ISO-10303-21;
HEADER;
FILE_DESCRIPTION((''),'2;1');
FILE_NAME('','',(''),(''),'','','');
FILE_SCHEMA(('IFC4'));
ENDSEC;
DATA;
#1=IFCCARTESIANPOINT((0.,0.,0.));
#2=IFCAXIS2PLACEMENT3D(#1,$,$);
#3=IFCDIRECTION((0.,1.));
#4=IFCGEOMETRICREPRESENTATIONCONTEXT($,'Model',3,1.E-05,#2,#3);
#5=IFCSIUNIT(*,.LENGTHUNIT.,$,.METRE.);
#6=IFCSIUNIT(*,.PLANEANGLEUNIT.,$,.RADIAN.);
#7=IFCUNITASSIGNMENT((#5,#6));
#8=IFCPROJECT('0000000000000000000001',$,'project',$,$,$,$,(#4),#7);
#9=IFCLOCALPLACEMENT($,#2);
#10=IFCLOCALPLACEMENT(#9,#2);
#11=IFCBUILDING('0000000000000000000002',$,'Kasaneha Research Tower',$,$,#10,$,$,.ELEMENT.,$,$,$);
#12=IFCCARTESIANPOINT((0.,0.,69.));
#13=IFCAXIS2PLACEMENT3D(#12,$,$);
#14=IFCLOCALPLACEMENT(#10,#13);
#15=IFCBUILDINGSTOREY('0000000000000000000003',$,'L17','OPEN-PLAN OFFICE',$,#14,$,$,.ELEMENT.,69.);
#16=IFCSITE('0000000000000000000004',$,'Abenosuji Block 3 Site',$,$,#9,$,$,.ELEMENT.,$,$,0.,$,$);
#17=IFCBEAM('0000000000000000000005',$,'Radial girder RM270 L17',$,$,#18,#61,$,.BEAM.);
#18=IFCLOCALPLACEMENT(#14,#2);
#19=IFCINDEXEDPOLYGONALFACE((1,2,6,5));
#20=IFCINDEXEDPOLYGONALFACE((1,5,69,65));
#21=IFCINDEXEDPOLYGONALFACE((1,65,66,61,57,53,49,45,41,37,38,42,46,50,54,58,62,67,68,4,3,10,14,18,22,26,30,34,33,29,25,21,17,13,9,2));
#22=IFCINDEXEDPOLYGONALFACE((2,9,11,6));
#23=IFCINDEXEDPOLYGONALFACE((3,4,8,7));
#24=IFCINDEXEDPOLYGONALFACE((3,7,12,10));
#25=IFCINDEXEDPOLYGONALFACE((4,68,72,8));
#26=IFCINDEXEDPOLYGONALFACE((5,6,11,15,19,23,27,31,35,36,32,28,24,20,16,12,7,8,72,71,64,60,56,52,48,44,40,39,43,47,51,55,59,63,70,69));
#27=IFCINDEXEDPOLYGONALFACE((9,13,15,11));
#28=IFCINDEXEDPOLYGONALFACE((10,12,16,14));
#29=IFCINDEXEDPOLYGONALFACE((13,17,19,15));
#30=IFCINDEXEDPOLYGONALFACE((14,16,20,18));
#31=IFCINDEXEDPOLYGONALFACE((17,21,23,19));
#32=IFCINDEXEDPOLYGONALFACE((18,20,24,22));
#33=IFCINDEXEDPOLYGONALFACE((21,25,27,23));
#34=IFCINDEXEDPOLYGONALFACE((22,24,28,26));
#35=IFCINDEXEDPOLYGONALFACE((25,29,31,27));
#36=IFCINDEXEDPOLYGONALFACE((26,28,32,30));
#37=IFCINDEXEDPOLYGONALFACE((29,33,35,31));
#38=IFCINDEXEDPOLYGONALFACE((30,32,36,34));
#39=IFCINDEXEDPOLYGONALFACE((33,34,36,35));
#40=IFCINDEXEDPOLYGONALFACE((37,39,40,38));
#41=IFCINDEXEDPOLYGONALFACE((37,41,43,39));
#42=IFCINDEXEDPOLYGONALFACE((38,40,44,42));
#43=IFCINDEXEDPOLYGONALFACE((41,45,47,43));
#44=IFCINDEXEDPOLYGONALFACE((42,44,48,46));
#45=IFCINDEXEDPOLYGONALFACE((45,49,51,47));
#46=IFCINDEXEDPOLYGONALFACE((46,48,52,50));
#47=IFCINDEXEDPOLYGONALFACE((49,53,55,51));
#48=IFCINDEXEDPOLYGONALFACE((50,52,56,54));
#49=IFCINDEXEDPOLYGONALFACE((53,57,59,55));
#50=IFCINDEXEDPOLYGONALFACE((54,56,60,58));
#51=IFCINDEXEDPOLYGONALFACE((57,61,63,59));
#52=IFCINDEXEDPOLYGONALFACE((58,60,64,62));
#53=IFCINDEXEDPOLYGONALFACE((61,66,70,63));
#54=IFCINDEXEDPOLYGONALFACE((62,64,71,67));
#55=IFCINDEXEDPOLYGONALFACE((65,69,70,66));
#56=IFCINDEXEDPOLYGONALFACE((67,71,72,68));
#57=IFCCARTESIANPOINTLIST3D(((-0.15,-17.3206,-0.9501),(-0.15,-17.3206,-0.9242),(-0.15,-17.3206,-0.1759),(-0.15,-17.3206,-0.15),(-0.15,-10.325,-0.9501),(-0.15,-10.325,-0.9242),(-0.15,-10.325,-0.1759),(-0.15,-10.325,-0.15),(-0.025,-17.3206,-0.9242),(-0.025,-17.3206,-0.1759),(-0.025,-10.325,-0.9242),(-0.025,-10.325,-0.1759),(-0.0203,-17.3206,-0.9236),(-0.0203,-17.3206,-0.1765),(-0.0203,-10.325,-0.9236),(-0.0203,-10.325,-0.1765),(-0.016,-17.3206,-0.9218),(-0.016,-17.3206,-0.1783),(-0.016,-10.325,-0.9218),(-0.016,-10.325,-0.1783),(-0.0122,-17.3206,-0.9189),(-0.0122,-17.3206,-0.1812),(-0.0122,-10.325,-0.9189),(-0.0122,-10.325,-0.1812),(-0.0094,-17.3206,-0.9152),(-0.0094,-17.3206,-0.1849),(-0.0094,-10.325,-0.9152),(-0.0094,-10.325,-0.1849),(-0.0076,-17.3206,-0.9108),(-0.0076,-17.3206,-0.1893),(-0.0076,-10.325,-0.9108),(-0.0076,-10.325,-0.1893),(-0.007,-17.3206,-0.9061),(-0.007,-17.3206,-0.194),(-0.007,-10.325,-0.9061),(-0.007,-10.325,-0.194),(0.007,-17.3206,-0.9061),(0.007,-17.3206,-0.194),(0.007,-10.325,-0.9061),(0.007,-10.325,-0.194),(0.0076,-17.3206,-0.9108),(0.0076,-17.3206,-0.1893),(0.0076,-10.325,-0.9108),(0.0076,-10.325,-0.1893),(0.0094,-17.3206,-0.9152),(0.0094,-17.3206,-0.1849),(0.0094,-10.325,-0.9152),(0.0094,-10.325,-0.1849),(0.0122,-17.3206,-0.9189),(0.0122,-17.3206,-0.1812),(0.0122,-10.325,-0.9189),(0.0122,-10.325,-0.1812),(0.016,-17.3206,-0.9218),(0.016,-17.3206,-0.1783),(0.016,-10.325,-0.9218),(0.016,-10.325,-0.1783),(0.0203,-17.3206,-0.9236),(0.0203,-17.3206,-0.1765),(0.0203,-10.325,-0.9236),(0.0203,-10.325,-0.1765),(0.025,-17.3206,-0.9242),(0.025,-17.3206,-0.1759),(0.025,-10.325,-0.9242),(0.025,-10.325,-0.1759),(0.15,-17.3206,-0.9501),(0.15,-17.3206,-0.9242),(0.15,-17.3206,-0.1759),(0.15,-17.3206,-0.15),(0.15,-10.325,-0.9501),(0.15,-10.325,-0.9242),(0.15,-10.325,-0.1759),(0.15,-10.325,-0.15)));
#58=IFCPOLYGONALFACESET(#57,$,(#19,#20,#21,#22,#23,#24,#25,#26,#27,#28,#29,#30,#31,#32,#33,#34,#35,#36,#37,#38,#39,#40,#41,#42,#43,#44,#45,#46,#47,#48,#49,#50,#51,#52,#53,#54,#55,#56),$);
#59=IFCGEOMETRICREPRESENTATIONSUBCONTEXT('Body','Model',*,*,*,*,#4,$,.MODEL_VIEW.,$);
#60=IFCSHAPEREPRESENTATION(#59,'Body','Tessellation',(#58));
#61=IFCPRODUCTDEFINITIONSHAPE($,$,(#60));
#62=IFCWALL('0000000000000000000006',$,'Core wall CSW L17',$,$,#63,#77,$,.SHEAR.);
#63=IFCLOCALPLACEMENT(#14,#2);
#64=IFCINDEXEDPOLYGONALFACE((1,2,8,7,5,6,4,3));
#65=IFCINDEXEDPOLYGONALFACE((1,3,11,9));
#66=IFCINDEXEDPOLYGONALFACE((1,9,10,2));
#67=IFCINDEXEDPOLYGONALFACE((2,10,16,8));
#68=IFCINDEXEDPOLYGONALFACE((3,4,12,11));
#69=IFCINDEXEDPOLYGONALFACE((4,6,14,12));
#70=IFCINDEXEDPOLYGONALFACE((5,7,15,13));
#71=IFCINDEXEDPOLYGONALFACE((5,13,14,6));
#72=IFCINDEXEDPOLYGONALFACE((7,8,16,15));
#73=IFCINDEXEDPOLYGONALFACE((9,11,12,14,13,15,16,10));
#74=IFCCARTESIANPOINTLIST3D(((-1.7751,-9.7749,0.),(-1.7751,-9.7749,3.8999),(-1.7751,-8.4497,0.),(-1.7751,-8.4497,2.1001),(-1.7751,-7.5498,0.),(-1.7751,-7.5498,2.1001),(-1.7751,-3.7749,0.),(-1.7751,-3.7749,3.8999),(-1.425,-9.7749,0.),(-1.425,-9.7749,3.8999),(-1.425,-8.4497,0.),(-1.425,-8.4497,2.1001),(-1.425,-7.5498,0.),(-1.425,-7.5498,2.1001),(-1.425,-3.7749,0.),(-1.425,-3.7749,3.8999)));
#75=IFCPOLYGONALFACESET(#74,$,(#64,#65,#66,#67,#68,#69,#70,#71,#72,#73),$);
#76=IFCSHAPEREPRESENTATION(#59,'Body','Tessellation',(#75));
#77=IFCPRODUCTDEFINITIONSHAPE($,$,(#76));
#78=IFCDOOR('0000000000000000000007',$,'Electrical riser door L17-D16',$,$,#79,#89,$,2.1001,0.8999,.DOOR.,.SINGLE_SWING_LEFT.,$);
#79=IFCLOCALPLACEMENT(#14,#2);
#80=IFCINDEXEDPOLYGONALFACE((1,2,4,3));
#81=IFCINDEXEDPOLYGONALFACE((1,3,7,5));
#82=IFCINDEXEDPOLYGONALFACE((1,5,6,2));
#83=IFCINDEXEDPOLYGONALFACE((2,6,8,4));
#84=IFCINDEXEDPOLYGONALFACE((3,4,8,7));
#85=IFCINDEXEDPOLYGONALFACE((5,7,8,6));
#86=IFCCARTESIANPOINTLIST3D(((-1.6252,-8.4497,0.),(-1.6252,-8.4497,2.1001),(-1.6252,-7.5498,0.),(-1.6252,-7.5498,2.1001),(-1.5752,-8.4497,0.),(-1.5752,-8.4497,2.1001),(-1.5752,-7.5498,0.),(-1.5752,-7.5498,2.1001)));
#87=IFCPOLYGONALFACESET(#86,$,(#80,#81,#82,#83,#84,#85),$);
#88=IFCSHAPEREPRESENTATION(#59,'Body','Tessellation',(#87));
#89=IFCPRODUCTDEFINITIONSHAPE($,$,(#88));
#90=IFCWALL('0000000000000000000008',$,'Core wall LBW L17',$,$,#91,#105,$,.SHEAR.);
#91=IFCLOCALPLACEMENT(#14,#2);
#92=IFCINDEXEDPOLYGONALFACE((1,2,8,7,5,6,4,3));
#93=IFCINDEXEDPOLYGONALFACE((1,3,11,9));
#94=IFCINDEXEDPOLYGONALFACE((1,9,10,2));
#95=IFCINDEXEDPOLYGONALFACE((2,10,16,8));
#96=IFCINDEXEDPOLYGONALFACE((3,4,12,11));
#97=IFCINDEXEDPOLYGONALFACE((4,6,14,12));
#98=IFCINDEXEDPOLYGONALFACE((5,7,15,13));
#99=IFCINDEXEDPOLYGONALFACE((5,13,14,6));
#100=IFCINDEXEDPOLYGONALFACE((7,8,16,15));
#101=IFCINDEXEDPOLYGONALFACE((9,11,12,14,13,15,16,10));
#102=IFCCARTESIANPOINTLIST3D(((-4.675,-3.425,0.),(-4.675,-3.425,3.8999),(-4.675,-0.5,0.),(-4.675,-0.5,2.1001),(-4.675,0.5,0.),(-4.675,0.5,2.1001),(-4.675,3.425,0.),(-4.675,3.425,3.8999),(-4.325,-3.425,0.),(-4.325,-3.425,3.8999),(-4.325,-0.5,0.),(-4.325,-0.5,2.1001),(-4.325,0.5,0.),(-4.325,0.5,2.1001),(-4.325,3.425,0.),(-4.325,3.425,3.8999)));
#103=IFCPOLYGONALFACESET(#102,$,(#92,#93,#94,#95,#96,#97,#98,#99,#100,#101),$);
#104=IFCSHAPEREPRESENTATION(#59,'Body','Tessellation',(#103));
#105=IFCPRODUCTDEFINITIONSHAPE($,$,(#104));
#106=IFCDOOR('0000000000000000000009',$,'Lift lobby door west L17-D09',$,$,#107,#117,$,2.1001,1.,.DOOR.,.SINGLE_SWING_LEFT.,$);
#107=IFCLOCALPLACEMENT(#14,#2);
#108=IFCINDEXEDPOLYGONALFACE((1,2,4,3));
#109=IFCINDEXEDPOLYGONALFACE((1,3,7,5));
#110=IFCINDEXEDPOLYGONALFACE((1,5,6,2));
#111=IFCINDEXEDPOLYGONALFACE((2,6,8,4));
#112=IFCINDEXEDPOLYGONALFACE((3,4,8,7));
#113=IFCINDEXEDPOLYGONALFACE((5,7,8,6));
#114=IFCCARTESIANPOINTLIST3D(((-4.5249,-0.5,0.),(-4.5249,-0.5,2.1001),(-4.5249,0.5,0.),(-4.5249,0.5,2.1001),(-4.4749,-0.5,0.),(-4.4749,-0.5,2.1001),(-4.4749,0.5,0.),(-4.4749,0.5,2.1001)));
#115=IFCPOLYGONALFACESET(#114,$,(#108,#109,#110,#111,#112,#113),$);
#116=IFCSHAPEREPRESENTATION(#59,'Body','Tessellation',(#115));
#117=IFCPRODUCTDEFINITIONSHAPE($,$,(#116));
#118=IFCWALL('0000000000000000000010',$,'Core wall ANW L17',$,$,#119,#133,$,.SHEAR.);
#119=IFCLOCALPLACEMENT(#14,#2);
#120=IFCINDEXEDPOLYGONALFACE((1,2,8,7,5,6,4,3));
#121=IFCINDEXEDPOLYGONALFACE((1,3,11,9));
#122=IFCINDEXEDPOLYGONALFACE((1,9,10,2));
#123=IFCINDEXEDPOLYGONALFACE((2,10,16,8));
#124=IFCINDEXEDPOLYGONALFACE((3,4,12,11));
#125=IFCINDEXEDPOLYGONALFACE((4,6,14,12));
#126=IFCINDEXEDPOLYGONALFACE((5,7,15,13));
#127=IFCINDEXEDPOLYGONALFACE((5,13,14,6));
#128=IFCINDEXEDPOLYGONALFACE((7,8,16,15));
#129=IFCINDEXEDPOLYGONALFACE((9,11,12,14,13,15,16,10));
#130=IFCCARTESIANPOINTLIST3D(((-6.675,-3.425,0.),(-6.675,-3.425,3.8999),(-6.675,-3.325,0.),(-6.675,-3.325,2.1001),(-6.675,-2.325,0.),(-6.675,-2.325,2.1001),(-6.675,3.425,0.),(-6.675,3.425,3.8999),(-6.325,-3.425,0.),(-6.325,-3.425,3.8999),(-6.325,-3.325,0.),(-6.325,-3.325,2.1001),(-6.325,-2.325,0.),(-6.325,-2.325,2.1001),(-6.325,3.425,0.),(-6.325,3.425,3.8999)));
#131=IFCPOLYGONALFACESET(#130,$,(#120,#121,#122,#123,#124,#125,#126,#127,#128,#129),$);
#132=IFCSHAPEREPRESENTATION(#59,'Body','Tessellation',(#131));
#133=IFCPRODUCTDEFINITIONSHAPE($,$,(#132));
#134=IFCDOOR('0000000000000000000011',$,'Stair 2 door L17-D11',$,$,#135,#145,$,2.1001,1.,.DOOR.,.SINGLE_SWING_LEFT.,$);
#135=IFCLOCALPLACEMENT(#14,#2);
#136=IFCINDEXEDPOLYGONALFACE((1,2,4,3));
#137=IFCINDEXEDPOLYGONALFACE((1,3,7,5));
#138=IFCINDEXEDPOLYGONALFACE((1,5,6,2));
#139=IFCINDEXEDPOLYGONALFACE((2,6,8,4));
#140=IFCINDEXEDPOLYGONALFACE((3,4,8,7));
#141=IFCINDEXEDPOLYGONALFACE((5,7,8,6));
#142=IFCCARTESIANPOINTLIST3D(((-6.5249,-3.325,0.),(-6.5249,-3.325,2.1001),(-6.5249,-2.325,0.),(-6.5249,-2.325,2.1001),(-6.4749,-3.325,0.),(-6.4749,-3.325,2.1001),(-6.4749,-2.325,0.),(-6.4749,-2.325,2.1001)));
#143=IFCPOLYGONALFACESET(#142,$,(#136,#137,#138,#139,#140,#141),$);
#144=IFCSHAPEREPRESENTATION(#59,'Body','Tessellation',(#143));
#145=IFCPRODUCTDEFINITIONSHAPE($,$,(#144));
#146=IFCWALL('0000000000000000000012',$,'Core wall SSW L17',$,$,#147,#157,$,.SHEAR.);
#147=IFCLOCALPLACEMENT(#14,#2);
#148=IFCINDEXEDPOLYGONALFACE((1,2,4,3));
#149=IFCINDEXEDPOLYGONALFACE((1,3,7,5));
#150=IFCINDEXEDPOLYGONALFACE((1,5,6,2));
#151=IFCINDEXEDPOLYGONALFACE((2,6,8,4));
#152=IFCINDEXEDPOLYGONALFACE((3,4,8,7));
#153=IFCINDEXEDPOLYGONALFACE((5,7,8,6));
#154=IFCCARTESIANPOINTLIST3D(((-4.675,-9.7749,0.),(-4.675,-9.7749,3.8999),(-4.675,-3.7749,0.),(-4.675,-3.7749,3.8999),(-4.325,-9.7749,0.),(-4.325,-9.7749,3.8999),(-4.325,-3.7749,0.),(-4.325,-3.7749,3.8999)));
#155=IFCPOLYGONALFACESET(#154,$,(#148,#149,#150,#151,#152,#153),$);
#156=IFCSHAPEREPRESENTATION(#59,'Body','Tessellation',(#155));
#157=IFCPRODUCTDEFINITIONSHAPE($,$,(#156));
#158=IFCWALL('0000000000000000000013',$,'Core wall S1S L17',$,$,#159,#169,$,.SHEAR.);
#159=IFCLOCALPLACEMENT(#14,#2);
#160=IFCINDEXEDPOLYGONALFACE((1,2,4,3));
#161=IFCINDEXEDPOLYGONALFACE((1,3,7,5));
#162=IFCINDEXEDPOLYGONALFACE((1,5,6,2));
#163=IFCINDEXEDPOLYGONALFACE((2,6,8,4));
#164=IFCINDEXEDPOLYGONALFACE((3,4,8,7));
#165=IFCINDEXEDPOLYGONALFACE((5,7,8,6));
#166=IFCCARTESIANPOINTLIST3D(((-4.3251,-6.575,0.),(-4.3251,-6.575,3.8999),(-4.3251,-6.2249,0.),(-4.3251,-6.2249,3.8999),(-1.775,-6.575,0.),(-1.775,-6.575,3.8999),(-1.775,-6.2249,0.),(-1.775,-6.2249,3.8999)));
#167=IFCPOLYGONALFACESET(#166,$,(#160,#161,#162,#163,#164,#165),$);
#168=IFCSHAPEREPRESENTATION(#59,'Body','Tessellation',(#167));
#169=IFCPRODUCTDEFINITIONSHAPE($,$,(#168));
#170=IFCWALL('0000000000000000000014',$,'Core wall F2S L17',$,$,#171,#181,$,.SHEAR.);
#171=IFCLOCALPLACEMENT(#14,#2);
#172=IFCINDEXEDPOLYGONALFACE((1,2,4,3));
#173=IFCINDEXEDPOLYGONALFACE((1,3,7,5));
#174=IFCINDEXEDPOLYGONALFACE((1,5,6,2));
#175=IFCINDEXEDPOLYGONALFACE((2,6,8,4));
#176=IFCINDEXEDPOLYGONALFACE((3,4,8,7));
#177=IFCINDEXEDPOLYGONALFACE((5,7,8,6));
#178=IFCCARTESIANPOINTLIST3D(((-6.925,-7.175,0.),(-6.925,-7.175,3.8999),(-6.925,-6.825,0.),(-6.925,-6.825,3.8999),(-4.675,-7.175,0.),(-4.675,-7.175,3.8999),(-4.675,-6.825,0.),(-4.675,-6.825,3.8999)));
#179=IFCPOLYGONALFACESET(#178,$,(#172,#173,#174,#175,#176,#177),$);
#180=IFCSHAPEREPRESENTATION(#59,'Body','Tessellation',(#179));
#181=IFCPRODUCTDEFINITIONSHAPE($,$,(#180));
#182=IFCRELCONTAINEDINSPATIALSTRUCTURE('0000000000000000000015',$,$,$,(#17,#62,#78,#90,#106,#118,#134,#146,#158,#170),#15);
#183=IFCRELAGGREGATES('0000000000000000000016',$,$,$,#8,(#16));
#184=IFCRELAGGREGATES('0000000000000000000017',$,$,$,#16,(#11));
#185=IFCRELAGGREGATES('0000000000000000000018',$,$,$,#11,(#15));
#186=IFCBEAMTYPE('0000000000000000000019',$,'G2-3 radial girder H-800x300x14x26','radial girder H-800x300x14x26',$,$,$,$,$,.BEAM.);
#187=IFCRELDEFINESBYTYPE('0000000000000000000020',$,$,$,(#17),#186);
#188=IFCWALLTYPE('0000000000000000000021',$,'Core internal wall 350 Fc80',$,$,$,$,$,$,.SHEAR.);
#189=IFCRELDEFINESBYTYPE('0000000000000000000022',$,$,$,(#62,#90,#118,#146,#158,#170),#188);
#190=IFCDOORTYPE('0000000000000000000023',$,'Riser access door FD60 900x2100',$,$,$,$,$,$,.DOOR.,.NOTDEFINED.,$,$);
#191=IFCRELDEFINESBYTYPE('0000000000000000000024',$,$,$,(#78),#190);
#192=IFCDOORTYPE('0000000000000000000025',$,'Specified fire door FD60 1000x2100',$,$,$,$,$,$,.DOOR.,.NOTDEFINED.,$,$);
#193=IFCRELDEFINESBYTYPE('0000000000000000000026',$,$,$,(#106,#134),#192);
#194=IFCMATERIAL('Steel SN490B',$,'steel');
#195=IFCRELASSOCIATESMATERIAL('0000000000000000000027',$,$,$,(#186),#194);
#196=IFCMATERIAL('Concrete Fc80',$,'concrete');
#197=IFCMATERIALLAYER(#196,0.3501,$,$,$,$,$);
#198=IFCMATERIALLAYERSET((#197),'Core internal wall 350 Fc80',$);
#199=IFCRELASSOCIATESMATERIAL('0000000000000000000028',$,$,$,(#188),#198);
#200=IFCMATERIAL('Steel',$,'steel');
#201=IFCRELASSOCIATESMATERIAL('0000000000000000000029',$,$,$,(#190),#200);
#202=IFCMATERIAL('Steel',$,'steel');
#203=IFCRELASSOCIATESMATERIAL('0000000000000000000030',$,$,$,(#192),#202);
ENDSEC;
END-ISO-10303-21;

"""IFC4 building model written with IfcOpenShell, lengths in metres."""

from ifc_helpers import new_model, si_unit, direction, frame, frame_2d, origin, origin_2d, place, context, subcontext, project, spatial, rectangle, i_section, extrude, material, layer, layer_set, material_profile, profile_set, type_object, element, fill, save


model = new_model("IFC4")

# Units and contexts
model_context = context("Model", 3, precision=1e-05, world=origin(), true_north=direction((0.0, 1.0)))
body_context = subcontext(model_context, "Body", "Model", "MODEL_VIEW")
ifc_project = project(units=[si_unit("LENGTHUNIT", "METRE"), si_unit("PLANEANGLEUNIT", "RADIAN")], contexts=[model_context])

# Site, building, storey
site_placement = place(None, origin())
site = spatial("IfcSite", under=ifc_project, at=site_placement, Name="Abenosuji Block 3 Site", CompositionType="ELEMENT", RefElevation=0.0)
building_placement = place(site_placement, origin())
building = spatial("IfcBuilding", under=site, at=building_placement, Name="Kasaneha Research Tower", CompositionType="ELEMENT")
storey_placement = place(building_placement, frame((0.0, 0.0, 69.0)))
storey = spatial("IfcBuildingStorey", under=building, at=storey_placement, Name="L17", Description="OPEN-PLAN OFFICE", CompositionType="ELEMENT", Elevation=69.0)

# Beam
ifc_material_1 = material(Name="Steel SN490B", Category="steel")
ifc_material_profile_1 = material_profile(ifc_material_1, i_section(OverallWidth=0.3, OverallDepth=0.8, WebThickness=0.0139, FlangeThickness=0.0259, FilletRadius=0.0181, at=origin_2d()), Name="H-800x300x14x26")
ifc_profile_set_1 = profile_set([ifc_material_profile_1], Name="Steel SN490B")
beam_type_1 = type_object("IfcBeamType", Name="G2-3 radial girder H-800x300x14x26", Description="radial girder H-800x300x14x26", PredefinedType="BEAM", material=ifc_profile_set_1)
beam_1_placement = place(storey_placement, frame((0.0, -10.325, -0.55), z_axis=(0.0, -1.0, 0.0), x_axis=(1.0, 0.0, 0.0)))
element("IfcBeam", 1, at=beam_1_placement, inside=storey, type_object=beam_type_1, Name="Radial girder RM270 L17", PredefinedType="BEAM", context=body_context, shape_type="SweptSolid", body=[
    extrude(i_section(OverallWidth=0.3, OverallDepth=0.8, WebThickness=0.0139, FlangeThickness=0.0259, FilletRadius=0.0181, at=origin_2d()), origin(), (0.0, 0.0, 1.0), 6.9956),
])

# Walls, openings, doors
ifc_material_2 = material(Name="Concrete Fc80", Category="concrete")
ifc_layer_1 = layer(ifc_material_2, 0.3501)
ifc_layer_set_1 = layer_set([ifc_layer_1], Name="Core internal wall 350 Fc80")
wall_type_1 = type_object("IfcWallType", Name="Core internal wall 350 Fc80", PredefinedType="SHEAR", material=ifc_layer_set_1)
wall_1_placement = place(storey_placement, frame((-1.6001, -3.7749, 0.0), z_axis=(0.0, 0.0, 1.0), x_axis=(0.0, -1.0, 0.0)))
wall_1 = element("IfcWall", 2, at=wall_1_placement, inside=storey, type_object=wall_type_1, Name="Core wall CSW L17", PredefinedType="SHEAR", context=body_context, shape_type="SweptSolid", body=[
    extrude(rectangle(XDim=6.0, YDim=0.3501, at=frame_2d((3.0, 0.0))), origin(), (0.0, 0.0, 1.0), 3.8999),
])
opening_1_placement = place(wall_1_placement, frame((3.7749, 0.0, 0.0)))
opening_1 = element("IfcOpeningElement", 3, at=opening_1_placement, cuts=wall_1, PredefinedType="OPENING", context=body_context, shape_type="SweptSolid", body=[
    extrude(rectangle(XDim=0.8999, YDim=2.1001, at=frame_2d((0.45, 1.05))), frame((0.0, 0.1851, 0.0), z_axis=(0.0, -1.0, 0.0), x_axis=(1.0, 0.0, 0.0)), (0.0, 0.0, 1.0), 0.3701),
])
ifc_material_3 = material(Name="Steel", Category="steel")
door_type_1 = type_object("IfcDoorType", Name="Riser access door FD60 900x2100", OperationType="NOTDEFINED", PredefinedType="DOOR", material=ifc_material_3)
door_1_placement = place(opening_1_placement, origin())
door_1 = element("IfcDoor", 4, at=door_1_placement, inside=storey, type_object=door_type_1, Name="Electrical riser door L17-D16", OperationType="SINGLE_SWING_LEFT", OverallHeight=2.1001, OverallWidth=0.8999, PredefinedType="DOOR", context=body_context, shape_type="SweptSolid", body=[
    extrude(rectangle(XDim=0.8999, YDim=2.1001, at=frame_2d((0.45, 1.05))), frame((0.0, 0.0249, 0.0), z_axis=(0.0, -1.0, 0.0), x_axis=(1.0, 0.0, 0.0)), (0.0, 0.0, 1.0), 0.05),
])
fill(opening_1, door_1)
wall_2_placement = place(storey_placement, frame((-4.5, -3.425, 0.0), z_axis=(0.0, 0.0, 1.0), x_axis=(0.0, 1.0, 0.0)))
wall_2 = element("IfcWall", 5, at=wall_2_placement, inside=storey, type_object=wall_type_1, Name="Core wall LBW L17", PredefinedType="SHEAR", context=body_context, shape_type="SweptSolid", body=[
    extrude(rectangle(XDim=6.8501, YDim=0.3501, at=frame_2d((3.425, 0.0))), origin(), (0.0, 0.0, 1.0), 3.8999),
])
opening_2_placement = place(wall_2_placement, frame((2.925, 0.0, 0.0)))
opening_2 = element("IfcOpeningElement", 6, at=opening_2_placement, cuts=wall_2, PredefinedType="OPENING", context=body_context, shape_type="SweptSolid", body=[
    extrude(rectangle(XDim=1.0, YDim=2.1001, at=frame_2d((0.5, 1.05))), frame((0.0, 0.1851, 0.0), z_axis=(0.0, -1.0, 0.0), x_axis=(1.0, 0.0, 0.0)), (0.0, 0.0, 1.0), 0.3701),
])
ifc_material_4 = material(Name="Steel", Category="steel")
door_type_2 = type_object("IfcDoorType", Name="Specified fire door FD60 1000x2100", OperationType="NOTDEFINED", PredefinedType="DOOR", material=ifc_material_4)
door_2_placement = place(opening_2_placement, origin())
door_2 = element("IfcDoor", 7, at=door_2_placement, inside=storey, type_object=door_type_2, Name="Lift lobby door west L17-D09", OperationType="SINGLE_SWING_LEFT", OverallHeight=2.1001, OverallWidth=1.0, PredefinedType="DOOR", context=body_context, shape_type="SweptSolid", body=[
    extrude(rectangle(XDim=1.0, YDim=2.1001, at=frame_2d((0.5, 1.05))), frame((0.0, 0.0249, 0.0), z_axis=(0.0, -1.0, 0.0), x_axis=(1.0, 0.0, 0.0)), (0.0, 0.0, 1.0), 0.05),
])
fill(opening_2, door_2)
wall_3_placement = place(storey_placement, frame((-6.5, -3.425, 0.0), z_axis=(0.0, 0.0, 1.0), x_axis=(0.0, 1.0, 0.0)))
wall_3 = element("IfcWall", 8, at=wall_3_placement, inside=storey, type_object=wall_type_1, Name="Core wall ANW L17", PredefinedType="SHEAR", context=body_context, shape_type="SweptSolid", body=[
    extrude(rectangle(XDim=6.8501, YDim=0.3501, at=frame_2d((3.425, 0.0))), origin(), (0.0, 0.0, 1.0), 3.8999),
])
opening_3_placement = place(wall_3_placement, frame((0.1001, 0.0, 0.0)))
opening_3 = element("IfcOpeningElement", 9, at=opening_3_placement, cuts=wall_3, PredefinedType="OPENING", context=body_context, shape_type="SweptSolid", body=[
    extrude(rectangle(XDim=1.0, YDim=2.1001, at=frame_2d((0.5, 1.05))), frame((0.0, 0.1851, 0.0), z_axis=(0.0, -1.0, 0.0), x_axis=(1.0, 0.0, 0.0)), (0.0, 0.0, 1.0), 0.3701),
])
door_3_placement = place(opening_3_placement, origin())
door_3 = element("IfcDoor", 10, at=door_3_placement, inside=storey, type_object=door_type_2, Name="Stair 2 door L17-D11", OperationType="SINGLE_SWING_LEFT", OverallHeight=2.1001, OverallWidth=1.0, PredefinedType="DOOR", context=body_context, shape_type="SweptSolid", body=[
    extrude(rectangle(XDim=1.0, YDim=2.1001, at=frame_2d((0.5, 1.05))), frame((0.0, 0.0249, 0.0), z_axis=(0.0, -1.0, 0.0), x_axis=(1.0, 0.0, 0.0)), (0.0, 0.0, 1.0), 0.05),
])
fill(opening_3, door_3)

# Walls
wall_4_placement = place(storey_placement, frame((-4.5, -3.7749, 0.0), z_axis=(0.0, 0.0, 1.0), x_axis=(0.0, -1.0, 0.0)))
element("IfcWall", 11, at=wall_4_placement, inside=storey, type_object=wall_type_1, Name="Core wall SSW L17", PredefinedType="SHEAR", context=body_context, shape_type="SweptSolid", body=[
    extrude(rectangle(XDim=6.0, YDim=0.3501, at=frame_2d((3.0, 0.0))), origin(), (0.0, 0.0, 1.0), 3.8999),
])
wall_5_placement = place(storey_placement, frame((-4.325, -6.3999, 0.0), z_axis=(0.0, 0.0, 1.0), x_axis=(1.0, 0.0, 0.0)))
element("IfcWall", 12, at=wall_5_placement, inside=storey, type_object=wall_type_1, Name="Core wall S1S L17", PredefinedType="SHEAR", context=body_context, shape_type="SweptSolid", body=[
    extrude(rectangle(XDim=2.55, YDim=0.3501, at=frame_2d((1.2749, 0.0))), origin(), (0.0, 0.0, 1.0), 3.8999),
])
wall_6_placement = place(storey_placement, frame((-6.925, -7.0, 0.0), z_axis=(0.0, 0.0, 1.0), x_axis=(1.0, 0.0, 0.0)))
element("IfcWall", 13, at=wall_6_placement, inside=storey, type_object=wall_type_1, Name="Core wall F2S L17", PredefinedType="SHEAR", context=body_context, shape_type="SweptSolid", body=[
    extrude(rectangle(XDim=2.25, YDim=0.3501, at=frame_2d((1.125, 0.0))), origin(), (0.0, 0.0, 1.0), 3.8999),
])

save(model, "model.ifc")
